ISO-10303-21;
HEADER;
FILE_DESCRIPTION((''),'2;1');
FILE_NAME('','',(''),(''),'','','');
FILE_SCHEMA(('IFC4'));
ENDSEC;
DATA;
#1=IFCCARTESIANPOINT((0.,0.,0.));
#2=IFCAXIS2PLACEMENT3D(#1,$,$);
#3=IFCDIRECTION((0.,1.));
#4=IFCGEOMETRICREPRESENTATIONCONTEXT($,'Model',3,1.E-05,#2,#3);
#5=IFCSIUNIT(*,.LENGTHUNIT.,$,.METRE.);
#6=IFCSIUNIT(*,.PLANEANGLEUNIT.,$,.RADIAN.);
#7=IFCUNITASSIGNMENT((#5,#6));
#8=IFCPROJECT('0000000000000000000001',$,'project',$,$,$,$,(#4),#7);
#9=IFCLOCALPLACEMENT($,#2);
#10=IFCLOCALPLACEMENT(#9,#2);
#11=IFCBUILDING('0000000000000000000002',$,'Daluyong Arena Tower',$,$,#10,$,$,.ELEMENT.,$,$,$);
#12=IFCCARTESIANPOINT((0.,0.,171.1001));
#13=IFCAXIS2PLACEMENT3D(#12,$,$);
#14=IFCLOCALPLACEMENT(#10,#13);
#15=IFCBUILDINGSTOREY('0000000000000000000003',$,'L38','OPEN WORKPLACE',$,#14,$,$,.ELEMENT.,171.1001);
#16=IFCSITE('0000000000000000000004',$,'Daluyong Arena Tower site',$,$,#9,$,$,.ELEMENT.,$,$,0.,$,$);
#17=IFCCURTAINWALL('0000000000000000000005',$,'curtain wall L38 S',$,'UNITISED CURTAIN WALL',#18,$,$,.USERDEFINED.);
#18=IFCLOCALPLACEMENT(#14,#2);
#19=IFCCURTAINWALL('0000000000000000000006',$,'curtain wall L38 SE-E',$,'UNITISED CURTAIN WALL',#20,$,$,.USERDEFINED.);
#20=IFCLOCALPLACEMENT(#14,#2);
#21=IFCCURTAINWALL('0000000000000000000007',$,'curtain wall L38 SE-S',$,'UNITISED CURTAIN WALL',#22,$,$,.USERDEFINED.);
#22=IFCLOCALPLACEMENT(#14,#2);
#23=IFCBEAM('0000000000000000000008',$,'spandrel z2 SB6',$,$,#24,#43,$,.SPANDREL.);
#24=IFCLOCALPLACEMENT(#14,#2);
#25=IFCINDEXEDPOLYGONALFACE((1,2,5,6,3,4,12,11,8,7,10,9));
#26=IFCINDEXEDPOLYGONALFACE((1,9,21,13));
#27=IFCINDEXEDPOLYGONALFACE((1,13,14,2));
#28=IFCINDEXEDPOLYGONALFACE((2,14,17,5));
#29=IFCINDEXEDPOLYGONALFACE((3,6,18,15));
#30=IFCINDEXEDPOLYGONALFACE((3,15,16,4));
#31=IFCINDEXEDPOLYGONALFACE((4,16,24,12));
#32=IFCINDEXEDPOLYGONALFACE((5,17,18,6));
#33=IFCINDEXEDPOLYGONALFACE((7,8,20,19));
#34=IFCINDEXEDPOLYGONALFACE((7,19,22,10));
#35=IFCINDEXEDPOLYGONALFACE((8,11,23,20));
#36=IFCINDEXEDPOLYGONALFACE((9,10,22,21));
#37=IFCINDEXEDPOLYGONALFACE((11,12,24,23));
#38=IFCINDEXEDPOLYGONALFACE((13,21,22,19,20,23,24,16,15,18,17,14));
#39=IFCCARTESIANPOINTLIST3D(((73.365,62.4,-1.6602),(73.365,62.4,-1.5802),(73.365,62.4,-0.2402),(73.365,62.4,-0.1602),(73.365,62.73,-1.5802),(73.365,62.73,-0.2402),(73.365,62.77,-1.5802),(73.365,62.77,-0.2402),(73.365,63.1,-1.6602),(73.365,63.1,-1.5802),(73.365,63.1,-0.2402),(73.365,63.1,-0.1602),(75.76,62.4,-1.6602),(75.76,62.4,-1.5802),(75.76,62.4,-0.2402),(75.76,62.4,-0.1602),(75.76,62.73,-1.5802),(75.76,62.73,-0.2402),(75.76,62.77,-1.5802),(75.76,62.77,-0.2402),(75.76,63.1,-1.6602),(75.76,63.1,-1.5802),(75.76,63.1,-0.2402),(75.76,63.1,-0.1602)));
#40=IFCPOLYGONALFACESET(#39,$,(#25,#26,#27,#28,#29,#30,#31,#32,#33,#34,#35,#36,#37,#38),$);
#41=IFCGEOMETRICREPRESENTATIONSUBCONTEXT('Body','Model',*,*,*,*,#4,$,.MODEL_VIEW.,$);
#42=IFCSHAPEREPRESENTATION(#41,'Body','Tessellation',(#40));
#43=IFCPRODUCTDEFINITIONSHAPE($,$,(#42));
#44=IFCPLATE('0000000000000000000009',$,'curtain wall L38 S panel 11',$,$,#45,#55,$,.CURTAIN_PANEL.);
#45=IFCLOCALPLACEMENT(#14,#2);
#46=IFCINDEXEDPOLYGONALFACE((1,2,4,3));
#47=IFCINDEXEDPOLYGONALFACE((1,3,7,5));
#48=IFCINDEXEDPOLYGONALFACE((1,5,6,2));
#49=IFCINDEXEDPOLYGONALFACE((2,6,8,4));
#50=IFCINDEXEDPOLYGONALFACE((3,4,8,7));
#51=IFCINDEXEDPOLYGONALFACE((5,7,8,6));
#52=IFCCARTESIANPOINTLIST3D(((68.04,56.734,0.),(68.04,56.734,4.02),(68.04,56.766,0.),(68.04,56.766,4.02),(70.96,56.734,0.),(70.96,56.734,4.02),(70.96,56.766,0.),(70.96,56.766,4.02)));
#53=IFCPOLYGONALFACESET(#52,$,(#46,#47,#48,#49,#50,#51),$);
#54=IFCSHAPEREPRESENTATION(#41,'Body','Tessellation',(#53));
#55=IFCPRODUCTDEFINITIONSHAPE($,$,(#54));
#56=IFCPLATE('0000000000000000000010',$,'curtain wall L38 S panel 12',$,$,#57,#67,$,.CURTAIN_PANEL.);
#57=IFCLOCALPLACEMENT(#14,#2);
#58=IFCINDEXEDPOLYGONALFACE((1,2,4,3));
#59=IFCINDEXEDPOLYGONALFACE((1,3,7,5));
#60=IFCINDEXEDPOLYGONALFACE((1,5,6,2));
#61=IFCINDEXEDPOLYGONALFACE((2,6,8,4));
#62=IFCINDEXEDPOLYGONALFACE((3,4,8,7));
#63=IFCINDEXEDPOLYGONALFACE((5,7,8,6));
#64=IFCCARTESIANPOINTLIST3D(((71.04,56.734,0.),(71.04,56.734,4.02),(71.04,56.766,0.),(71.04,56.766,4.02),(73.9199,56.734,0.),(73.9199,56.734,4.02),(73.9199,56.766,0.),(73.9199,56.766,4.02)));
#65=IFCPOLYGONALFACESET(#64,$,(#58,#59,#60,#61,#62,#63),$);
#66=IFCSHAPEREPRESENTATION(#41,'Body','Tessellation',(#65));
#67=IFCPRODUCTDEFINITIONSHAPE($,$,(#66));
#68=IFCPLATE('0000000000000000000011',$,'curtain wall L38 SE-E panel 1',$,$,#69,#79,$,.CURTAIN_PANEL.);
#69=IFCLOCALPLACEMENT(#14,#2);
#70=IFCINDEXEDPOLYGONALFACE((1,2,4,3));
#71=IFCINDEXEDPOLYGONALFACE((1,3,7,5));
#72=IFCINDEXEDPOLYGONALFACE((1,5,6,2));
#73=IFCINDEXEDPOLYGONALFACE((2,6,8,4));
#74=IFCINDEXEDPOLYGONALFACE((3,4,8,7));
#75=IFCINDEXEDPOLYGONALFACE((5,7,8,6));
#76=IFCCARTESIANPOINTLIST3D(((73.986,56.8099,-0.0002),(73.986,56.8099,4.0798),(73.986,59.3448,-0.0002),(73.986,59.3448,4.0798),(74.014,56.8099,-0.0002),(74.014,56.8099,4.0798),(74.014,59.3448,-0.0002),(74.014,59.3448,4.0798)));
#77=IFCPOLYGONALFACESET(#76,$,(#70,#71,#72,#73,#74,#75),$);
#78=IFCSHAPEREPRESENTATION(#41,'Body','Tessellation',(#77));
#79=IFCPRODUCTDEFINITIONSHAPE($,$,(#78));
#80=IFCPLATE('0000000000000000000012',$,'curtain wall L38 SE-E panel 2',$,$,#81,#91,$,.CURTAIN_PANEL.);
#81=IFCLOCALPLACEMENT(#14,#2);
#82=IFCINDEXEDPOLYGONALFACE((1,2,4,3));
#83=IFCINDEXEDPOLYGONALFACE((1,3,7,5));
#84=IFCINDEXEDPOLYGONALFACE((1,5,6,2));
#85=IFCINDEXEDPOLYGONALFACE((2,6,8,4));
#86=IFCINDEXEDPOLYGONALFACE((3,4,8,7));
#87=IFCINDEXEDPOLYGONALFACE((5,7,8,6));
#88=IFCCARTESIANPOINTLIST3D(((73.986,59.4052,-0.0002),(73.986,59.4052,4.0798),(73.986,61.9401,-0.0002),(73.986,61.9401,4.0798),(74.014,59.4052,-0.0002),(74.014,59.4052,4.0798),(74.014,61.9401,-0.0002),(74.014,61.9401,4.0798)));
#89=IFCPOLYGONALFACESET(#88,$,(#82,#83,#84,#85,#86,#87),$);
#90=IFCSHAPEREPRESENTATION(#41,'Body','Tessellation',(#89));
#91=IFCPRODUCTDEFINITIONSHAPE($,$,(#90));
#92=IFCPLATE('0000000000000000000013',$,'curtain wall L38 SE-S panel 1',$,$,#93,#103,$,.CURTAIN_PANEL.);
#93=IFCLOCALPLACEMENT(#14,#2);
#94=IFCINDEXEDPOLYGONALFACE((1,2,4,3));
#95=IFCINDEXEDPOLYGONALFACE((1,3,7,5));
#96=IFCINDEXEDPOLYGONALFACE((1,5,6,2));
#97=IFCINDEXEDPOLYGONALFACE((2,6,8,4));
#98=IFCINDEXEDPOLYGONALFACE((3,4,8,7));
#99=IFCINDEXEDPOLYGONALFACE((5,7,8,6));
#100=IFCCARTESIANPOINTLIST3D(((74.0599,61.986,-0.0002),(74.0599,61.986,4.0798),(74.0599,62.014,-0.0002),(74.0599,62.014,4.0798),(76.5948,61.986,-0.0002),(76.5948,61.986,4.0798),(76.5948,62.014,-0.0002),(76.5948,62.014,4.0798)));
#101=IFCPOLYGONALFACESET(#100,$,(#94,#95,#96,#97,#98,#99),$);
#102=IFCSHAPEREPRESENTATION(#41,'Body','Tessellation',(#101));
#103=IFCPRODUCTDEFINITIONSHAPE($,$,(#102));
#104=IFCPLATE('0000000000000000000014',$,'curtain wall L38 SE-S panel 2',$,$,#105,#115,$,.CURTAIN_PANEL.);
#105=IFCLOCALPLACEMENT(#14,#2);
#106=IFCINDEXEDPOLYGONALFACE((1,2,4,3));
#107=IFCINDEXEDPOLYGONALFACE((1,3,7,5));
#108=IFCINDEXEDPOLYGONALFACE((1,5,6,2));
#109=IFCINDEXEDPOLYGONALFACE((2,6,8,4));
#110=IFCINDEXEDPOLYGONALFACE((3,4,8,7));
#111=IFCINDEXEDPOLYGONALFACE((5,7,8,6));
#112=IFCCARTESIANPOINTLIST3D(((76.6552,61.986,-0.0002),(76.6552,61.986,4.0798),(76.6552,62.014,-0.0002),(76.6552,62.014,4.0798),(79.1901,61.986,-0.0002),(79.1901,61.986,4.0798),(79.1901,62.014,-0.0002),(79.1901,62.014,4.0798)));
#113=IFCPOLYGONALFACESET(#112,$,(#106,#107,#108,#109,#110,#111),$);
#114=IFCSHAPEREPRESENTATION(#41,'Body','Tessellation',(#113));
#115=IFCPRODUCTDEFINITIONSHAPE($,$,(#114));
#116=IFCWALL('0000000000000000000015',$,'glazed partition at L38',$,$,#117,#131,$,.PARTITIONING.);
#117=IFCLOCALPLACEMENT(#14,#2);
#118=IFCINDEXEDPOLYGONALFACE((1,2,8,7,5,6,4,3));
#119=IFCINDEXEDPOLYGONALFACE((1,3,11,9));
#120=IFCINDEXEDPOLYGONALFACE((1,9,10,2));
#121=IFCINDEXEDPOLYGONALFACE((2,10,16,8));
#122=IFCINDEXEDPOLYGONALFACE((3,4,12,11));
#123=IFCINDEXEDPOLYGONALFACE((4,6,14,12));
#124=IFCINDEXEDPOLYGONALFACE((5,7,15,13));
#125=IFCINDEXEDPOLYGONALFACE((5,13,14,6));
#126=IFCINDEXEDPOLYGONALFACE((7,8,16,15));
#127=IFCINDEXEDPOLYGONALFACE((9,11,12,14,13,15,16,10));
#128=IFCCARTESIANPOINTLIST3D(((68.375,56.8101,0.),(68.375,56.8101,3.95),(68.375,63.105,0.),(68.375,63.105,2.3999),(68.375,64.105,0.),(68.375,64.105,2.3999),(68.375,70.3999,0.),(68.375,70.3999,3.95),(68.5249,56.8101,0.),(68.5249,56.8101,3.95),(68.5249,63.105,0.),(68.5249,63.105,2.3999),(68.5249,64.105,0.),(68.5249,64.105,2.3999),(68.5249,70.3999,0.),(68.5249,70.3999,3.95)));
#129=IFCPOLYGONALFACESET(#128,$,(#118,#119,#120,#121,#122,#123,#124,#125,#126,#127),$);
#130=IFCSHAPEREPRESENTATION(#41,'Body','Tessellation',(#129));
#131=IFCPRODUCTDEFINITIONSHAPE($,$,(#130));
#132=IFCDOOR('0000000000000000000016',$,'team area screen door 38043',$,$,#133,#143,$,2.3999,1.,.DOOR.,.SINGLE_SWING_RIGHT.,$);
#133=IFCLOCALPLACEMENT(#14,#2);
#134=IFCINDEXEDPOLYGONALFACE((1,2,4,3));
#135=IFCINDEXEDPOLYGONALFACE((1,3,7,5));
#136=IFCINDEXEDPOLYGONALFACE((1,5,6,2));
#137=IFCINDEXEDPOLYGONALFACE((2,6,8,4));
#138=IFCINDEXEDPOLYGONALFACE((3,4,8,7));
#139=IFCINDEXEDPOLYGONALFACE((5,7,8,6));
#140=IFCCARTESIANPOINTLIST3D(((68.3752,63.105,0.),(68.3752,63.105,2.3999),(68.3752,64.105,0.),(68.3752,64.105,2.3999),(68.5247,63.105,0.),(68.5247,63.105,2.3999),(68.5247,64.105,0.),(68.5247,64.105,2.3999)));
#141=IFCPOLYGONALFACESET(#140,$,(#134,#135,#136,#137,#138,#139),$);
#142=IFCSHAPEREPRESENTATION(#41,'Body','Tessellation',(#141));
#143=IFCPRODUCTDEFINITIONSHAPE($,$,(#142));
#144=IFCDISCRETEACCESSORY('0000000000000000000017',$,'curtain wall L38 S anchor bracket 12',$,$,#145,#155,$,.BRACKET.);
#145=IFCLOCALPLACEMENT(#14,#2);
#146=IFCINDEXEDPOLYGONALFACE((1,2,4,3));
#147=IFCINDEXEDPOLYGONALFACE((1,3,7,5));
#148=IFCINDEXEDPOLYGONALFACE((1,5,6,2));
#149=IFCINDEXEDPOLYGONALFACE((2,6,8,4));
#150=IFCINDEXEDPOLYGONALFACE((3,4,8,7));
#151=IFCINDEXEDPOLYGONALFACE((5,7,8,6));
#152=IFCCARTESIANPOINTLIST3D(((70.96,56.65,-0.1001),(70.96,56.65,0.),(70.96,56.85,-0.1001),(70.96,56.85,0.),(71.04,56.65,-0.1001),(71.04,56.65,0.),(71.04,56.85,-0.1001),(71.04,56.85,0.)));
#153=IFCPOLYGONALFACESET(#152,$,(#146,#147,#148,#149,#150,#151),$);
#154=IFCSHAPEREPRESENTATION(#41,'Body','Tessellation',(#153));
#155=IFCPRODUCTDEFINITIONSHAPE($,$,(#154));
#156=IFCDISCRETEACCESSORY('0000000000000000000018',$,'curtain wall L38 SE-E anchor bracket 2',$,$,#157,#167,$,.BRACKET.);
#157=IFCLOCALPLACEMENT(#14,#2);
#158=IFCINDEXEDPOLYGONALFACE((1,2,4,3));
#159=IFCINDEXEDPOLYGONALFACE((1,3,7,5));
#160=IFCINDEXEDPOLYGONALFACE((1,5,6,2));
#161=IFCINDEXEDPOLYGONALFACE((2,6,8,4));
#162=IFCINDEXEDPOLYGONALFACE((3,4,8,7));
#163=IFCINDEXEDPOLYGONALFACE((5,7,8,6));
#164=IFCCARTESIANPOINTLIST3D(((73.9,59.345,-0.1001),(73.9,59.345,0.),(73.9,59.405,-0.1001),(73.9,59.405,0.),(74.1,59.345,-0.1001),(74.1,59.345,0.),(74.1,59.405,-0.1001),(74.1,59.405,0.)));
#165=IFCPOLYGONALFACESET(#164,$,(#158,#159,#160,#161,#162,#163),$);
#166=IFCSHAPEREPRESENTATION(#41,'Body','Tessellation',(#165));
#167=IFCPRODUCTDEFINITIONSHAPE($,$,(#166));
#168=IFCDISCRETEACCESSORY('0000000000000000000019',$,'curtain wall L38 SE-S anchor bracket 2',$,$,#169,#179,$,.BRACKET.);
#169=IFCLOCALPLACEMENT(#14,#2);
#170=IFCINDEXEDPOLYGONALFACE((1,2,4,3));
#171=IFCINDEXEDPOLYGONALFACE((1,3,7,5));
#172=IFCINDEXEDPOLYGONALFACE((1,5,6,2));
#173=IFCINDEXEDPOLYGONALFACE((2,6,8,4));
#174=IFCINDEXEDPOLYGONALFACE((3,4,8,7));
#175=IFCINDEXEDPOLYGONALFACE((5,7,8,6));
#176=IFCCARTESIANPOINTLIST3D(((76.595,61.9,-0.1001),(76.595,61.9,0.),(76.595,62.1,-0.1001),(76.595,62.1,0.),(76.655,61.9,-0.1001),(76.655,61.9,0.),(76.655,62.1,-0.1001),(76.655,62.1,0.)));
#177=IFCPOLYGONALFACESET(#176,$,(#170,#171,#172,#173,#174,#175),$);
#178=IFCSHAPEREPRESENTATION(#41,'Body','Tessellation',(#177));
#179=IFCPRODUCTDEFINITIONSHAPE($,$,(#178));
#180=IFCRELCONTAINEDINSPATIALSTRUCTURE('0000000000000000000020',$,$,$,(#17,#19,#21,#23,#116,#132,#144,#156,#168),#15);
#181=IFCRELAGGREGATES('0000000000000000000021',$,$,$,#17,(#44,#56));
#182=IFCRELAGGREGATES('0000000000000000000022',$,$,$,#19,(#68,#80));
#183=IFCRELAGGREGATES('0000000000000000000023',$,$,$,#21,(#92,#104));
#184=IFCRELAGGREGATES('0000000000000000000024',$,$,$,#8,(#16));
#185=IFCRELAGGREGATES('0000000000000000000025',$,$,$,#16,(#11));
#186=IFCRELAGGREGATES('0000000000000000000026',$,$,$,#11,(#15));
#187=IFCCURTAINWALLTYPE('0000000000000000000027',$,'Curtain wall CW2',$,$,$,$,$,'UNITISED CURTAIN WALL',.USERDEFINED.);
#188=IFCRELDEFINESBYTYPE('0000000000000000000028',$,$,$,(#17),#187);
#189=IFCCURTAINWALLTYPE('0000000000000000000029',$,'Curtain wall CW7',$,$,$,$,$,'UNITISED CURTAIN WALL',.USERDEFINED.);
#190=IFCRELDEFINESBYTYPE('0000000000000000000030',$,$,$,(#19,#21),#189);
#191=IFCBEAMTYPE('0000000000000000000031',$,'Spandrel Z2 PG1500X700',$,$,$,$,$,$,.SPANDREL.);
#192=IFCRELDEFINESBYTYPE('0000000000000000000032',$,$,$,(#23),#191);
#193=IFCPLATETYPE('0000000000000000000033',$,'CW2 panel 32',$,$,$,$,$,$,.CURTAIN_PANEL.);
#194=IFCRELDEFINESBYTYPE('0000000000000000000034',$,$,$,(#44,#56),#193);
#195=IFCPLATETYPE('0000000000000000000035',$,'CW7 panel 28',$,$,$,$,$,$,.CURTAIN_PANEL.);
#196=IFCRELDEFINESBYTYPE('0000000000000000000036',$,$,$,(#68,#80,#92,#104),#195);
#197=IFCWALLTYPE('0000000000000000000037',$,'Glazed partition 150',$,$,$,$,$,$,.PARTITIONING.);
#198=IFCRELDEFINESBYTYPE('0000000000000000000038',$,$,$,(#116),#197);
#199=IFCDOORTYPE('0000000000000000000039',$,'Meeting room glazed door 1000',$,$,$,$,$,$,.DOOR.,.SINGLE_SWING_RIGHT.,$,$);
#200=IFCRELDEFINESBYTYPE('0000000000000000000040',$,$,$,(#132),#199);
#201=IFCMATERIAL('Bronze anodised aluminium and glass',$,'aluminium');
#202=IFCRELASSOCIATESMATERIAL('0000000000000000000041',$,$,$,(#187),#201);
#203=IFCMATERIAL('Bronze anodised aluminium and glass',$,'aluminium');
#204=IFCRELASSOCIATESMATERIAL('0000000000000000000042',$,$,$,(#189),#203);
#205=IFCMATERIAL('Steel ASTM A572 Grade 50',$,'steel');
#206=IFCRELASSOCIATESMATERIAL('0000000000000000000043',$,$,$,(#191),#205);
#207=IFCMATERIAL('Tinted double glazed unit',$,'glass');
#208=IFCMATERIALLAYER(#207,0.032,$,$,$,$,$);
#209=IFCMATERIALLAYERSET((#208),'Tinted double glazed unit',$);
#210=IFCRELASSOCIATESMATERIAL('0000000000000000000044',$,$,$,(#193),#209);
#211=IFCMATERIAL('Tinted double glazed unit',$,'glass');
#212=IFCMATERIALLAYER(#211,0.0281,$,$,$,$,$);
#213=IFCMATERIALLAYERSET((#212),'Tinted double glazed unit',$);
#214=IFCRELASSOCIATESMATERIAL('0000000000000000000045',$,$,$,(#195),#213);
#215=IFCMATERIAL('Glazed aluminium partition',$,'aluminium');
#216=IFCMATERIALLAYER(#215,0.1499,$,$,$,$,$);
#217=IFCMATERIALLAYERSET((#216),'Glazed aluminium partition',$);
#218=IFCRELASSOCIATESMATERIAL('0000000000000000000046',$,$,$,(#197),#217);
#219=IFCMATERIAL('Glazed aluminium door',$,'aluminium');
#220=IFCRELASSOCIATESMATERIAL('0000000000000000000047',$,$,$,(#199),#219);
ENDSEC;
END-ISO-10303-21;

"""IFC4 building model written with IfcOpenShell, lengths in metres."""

from ifc_helpers import new_model, si_unit, direction, frame, frame_2d, origin, origin_2d, place, context, subcontext, project, spatial, rectangle, i_section, extrude, material, layer, layer_set, material_profile, profile_set, type_object, element, fill, aggregate, save


model = new_model("IFC4")

# Units and contexts
model_context = context("Model", 3, precision=1e-05, world=origin(), true_north=direction((0.0, 1.0)))
body_context = subcontext(model_context, "Body", "Model", "MODEL_VIEW")
ifc_project = project(units=[si_unit("LENGTHUNIT", "METRE"), si_unit("PLANEANGLEUNIT", "RADIAN")], contexts=[model_context])

# Site, building, storey
site_placement = place(None, origin())
site = spatial("IfcSite", under=ifc_project, at=site_placement, Name="Daluyong Arena Tower site", CompositionType="ELEMENT", RefElevation=0.0)
building_placement = place(site_placement, origin())
building = spatial("IfcBuilding", under=site, at=building_placement, Name="Daluyong Arena Tower", CompositionType="ELEMENT")
storey_placement = place(building_placement, frame((0.0, 0.0, 171.1001)))
storey = spatial("IfcBuildingStorey", under=building, at=storey_placement, Name="L38", Description="OPEN WORKPLACE", CompositionType="ELEMENT", Elevation=171.1001)

# Curtain wall
ifc_material_1 = material(Name="Bronze anodised aluminium and glass", Category="aluminium")
curtain_wall_type_1 = type_object("IfcCurtainWallType", Name="Curtain wall CW2", ElementType="UNITISED CURTAIN WALL", PredefinedType="USERDEFINED", material=ifc_material_1)
curtain_wall_1_placement = place(storey_placement, origin())
curtain_wall_1 = element("IfcCurtainWall", 1, at=curtain_wall_1_placement, inside=storey, type_object=curtain_wall_type_1, Name="curtain wall L38 S", ObjectType="UNITISED CURTAIN WALL", PredefinedType="USERDEFINED")

# Curtain walls
ifc_material_2 = material(Name="Bronze anodised aluminium and glass", Category="aluminium")
curtain_wall_type_2 = type_object("IfcCurtainWallType", Name="Curtain wall CW7", ElementType="UNITISED CURTAIN WALL", PredefinedType="USERDEFINED", material=ifc_material_2)
curtain_wall_2_placement = place(storey_placement, origin())
curtain_wall_2 = element("IfcCurtainWall", 2, at=curtain_wall_2_placement, inside=storey, type_object=curtain_wall_type_2, Name="curtain wall L38 SE-E", ObjectType="UNITISED CURTAIN WALL", PredefinedType="USERDEFINED")
curtain_wall_3_placement = place(storey_placement, origin())
curtain_wall_3 = element("IfcCurtainWall", 3, at=curtain_wall_3_placement, inside=storey, type_object=curtain_wall_type_2, Name="curtain wall L38 SE-S", ObjectType="UNITISED CURTAIN WALL", PredefinedType="USERDEFINED")

# Beam
ifc_material_3 = material(Name="Steel ASTM A572 Grade 50", Category="steel")
ifc_material_profile_1 = material_profile(ifc_material_3, i_section(OverallWidth=0.7, OverallDepth=1.5, WebThickness=0.04, FlangeThickness=0.08, at=origin_2d()))
ifc_profile_set_1 = profile_set([ifc_material_profile_1], Name="Steel ASTM A572 Grade 50")
beam_type_1 = type_object("IfcBeamType", Name="Spandrel Z2 PG1500X700", PredefinedType="SPANDREL", material=ifc_profile_set_1)
for number, where, z_axis, x_axis, name in (
    (4, (73.365, 62.75, -0.9102), (1.0, 0.0, 0.0), (0.0, 1.0, 0.0), "spandrel z2 SB6"),
):
    element("IfcBeam", number, at=place(storey_placement, frame(where, z_axis=z_axis, x_axis=x_axis)), inside=storey, type_object=beam_type_1, Name=name, PredefinedType="SPANDREL", context=body_context, shape_type="SweptSolid", body=[
        extrude(i_section(OverallWidth=0.7, OverallDepth=1.5, WebThickness=0.04, FlangeThickness=0.08, at=origin_2d()), origin(), (0.0, 0.0, 1.0), 2.395),
    ])

# Plates
ifc_material_4 = material(Name="Tinted double glazed unit", Category="glass")
ifc_layer_1 = layer(ifc_material_4, 0.032)
ifc_layer_set_1 = layer_set([ifc_layer_1], Name="Tinted double glazed unit")
plate_type_1 = type_object("IfcPlateType", Name="CW2 panel 32", PredefinedType="CURTAIN_PANEL", material=ifc_layer_set_1)
plate_1_placement = place(storey_placement, frame((69.5, 56.75, 0.0), z_axis=(0.0, 0.0, 1.0), x_axis=(1.0, 0.0, 0.0)))
plate_1 = element("IfcPlate", 5, at=plate_1_placement, type_object=plate_type_1, Name="curtain wall L38 S panel 11", PredefinedType="CURTAIN_PANEL", context=body_context, shape_type="SweptSolid", body=[
    extrude(rectangle(XDim=2.9199, YDim=0.032, at=origin_2d()), origin(), (0.0, 0.0, 1.0), 4.02),
])
plate_2_placement = place(storey_placement, frame((72.48, 56.75, 0.0), z_axis=(0.0, 0.0, 1.0), x_axis=(1.0, 0.0, 0.0)))
plate_2 = element("IfcPlate", 6, at=plate_2_placement, type_object=plate_type_1, Name="curtain wall L38 S panel 12", PredefinedType="CURTAIN_PANEL", context=body_context, shape_type="SweptSolid", body=[
    extrude(rectangle(XDim=2.8799, YDim=0.032, at=origin_2d()), origin(), (0.0, 0.0, 1.0), 4.02),
])
aggregate(curtain_wall_1, [plate_1, plate_2])
ifc_material_5 = material(Name="Tinted double glazed unit", Category="glass")
ifc_layer_2 = layer(ifc_material_5, 0.0281)
ifc_layer_set_2 = layer_set([ifc_layer_2], Name="Tinted double glazed unit")
plate_type_2 = type_object("IfcPlateType", Name="CW7 panel 28", PredefinedType="CURTAIN_PANEL", material=ifc_layer_set_2)
plate_3_placement = place(storey_placement, frame((74.0, 58.0774, -0.0002), z_axis=(0.0, 0.0, 1.0), x_axis=(0.0, 1.0, 0.0)))
plate_3 = element("IfcPlate", 7, at=plate_3_placement, type_object=plate_type_2, Name="curtain wall L38 SE-E panel 1", PredefinedType="CURTAIN_PANEL", context=body_context, shape_type="SweptSolid", body=[
    extrude(rectangle(XDim=2.5349, YDim=0.0281, at=origin_2d()), origin(), (0.0, 0.0, 1.0), 4.0801),
])
plate_4_placement = place(storey_placement, frame((74.0, 60.6726, -0.0002), z_axis=(0.0, 0.0, 1.0), x_axis=(0.0, 1.0, 0.0)))
plate_4 = element("IfcPlate", 8, at=plate_4_placement, type_object=plate_type_2, Name="curtain wall L38 SE-E panel 2", PredefinedType="CURTAIN_PANEL", context=body_context, shape_type="SweptSolid", body=[
    extrude(rectangle(XDim=2.5349, YDim=0.0281, at=origin_2d()), origin(), (0.0, 0.0, 1.0), 4.0801),
])
aggregate(curtain_wall_2, [plate_3, plate_4])
plate_5_placement = place(storey_placement, frame((75.3274, 62.0, -0.0002), z_axis=(0.0, 0.0, 1.0), x_axis=(1.0, 0.0, 0.0)))
plate_5 = element("IfcPlate", 9, at=plate_5_placement, type_object=plate_type_2, Name="curtain wall L38 SE-S panel 1", PredefinedType="CURTAIN_PANEL", context=body_context, shape_type="SweptSolid", body=[
    extrude(rectangle(XDim=2.5349, YDim=0.0281, at=origin_2d()), origin(), (0.0, 0.0, 1.0), 4.0801),
])
plate_6_placement = place(storey_placement, frame((77.9226, 62.0, -0.0002), z_axis=(0.0, 0.0, 1.0), x_axis=(1.0, 0.0, 0.0)))
plate_6 = element("IfcPlate", 10, at=plate_6_placement, type_object=plate_type_2, Name="curtain wall L38 SE-S panel 2", PredefinedType="CURTAIN_PANEL", context=body_context, shape_type="SweptSolid", body=[
    extrude(rectangle(XDim=2.5349, YDim=0.0281, at=origin_2d()), origin(), (0.0, 0.0, 1.0), 4.0801),
])
aggregate(curtain_wall_3, [plate_5, plate_6])

# Wall, opening, door
ifc_material_6 = material(Name="Glazed aluminium partition", Category="aluminium")
ifc_layer_3 = layer(ifc_material_6, 0.1499)
ifc_layer_set_3 = layer_set([ifc_layer_3], Name="Glazed aluminium partition")
wall_type = type_object("IfcWallType", Name="Glazed partition 150", PredefinedType="PARTITIONING", material=ifc_layer_set_3)
wall_placement = place(storey_placement, frame((68.45, 56.8101, 0.0), z_axis=(0.0, 0.0, 1.0), x_axis=(0.0, 1.0, 0.0)))
wall = element("IfcWall", 11, at=wall_placement, inside=storey, type_object=wall_type, Name="glazed partition at L38", PredefinedType="PARTITIONING", context=body_context, shape_type="SweptSolid", body=[
    extrude(rectangle(XDim=13.5898, YDim=0.1499, at=frame_2d((6.7949, 0.0))), origin(), (0.0, 0.0, 1.0), 3.95),
])
opening_placement = place(wall_placement, frame((6.2949, 0.0, 0.0)))
opening = element("IfcOpeningElement", 12, at=opening_placement, cuts=wall, PredefinedType="OPENING", context=body_context, shape_type="SweptSolid", body=[
    extrude(rectangle(XDim=1.0, YDim=2.3999, at=frame_2d((0.5, 1.2))), frame((0.0, 0.085, 0.0), z_axis=(0.0, -1.0, 0.0), x_axis=(1.0, 0.0, 0.0)), (0.0, 0.0, 1.0), 0.1699),
])
ifc_material_7 = material(Name="Glazed aluminium door", Category="aluminium")
door_type = type_object("IfcDoorType", Name="Meeting room glazed door 1000", OperationType="SINGLE_SWING_RIGHT", PredefinedType="DOOR", material=ifc_material_7)
door_placement = place(opening_placement, origin())
door = element("IfcDoor", 13, at=door_placement, inside=storey, type_object=door_type, Name="team area screen door 38043", OperationType="SINGLE_SWING_RIGHT", OverallHeight=2.3999, OverallWidth=1.0, PredefinedType="DOOR", context=body_context, shape_type="SweptSolid", body=[
    extrude(rectangle(XDim=1.0, YDim=2.3999, at=frame_2d((0.5, 1.2))), frame((0.0, 0.0747, 0.0), z_axis=(0.0, -1.0, 0.0), x_axis=(1.0, 0.0, 0.0)), (0.0, 0.0, 1.0), 0.1494),
])
fill(opening, door)

# Discrete accessories
discrete_accessory_placement = place(storey_placement, frame((71.0, 56.75, -0.1001), z_axis=(0.0, 0.0, 1.0), x_axis=(1.0, 0.0, 0.0)))
element("IfcDiscreteAccessory", 14, at=discrete_accessory_placement, inside=storey, Name="curtain wall L38 S anchor bracket 12", PredefinedType="BRACKET", context=body_context, shape_type="SweptSolid", body=[
    extrude(rectangle(XDim=0.0801, YDim=0.2, at=origin_2d()), origin(), (0.0, 0.0, 1.0), 0.1001),
])
for number, where, z_axis, x_axis, name in (
    (15, (74.0, 59.375, -0.1001), (0.0, 0.0, 1.0), (0.0, 1.0, 0.0), "curtain wall L38 SE-E anchor bracket 2"),
    (16, (76.625, 62.0, -0.1001), (0.0, 0.0, 1.0), (1.0, 0.0, 0.0), "curtain wall L38 SE-S anchor bracket 2"),
):
    element("IfcDiscreteAccessory", number, at=place(storey_placement, frame(where, z_axis=z_axis, x_axis=x_axis)), inside=storey, Name=name, PredefinedType="BRACKET", context=body_context, shape_type="SweptSolid", body=[
        extrude(rectangle(XDim=0.0601, YDim=0.2, at=origin_2d()), origin(), (0.0, 0.0, 1.0), 0.1001),
    ])

save(model, "model.ifc")
